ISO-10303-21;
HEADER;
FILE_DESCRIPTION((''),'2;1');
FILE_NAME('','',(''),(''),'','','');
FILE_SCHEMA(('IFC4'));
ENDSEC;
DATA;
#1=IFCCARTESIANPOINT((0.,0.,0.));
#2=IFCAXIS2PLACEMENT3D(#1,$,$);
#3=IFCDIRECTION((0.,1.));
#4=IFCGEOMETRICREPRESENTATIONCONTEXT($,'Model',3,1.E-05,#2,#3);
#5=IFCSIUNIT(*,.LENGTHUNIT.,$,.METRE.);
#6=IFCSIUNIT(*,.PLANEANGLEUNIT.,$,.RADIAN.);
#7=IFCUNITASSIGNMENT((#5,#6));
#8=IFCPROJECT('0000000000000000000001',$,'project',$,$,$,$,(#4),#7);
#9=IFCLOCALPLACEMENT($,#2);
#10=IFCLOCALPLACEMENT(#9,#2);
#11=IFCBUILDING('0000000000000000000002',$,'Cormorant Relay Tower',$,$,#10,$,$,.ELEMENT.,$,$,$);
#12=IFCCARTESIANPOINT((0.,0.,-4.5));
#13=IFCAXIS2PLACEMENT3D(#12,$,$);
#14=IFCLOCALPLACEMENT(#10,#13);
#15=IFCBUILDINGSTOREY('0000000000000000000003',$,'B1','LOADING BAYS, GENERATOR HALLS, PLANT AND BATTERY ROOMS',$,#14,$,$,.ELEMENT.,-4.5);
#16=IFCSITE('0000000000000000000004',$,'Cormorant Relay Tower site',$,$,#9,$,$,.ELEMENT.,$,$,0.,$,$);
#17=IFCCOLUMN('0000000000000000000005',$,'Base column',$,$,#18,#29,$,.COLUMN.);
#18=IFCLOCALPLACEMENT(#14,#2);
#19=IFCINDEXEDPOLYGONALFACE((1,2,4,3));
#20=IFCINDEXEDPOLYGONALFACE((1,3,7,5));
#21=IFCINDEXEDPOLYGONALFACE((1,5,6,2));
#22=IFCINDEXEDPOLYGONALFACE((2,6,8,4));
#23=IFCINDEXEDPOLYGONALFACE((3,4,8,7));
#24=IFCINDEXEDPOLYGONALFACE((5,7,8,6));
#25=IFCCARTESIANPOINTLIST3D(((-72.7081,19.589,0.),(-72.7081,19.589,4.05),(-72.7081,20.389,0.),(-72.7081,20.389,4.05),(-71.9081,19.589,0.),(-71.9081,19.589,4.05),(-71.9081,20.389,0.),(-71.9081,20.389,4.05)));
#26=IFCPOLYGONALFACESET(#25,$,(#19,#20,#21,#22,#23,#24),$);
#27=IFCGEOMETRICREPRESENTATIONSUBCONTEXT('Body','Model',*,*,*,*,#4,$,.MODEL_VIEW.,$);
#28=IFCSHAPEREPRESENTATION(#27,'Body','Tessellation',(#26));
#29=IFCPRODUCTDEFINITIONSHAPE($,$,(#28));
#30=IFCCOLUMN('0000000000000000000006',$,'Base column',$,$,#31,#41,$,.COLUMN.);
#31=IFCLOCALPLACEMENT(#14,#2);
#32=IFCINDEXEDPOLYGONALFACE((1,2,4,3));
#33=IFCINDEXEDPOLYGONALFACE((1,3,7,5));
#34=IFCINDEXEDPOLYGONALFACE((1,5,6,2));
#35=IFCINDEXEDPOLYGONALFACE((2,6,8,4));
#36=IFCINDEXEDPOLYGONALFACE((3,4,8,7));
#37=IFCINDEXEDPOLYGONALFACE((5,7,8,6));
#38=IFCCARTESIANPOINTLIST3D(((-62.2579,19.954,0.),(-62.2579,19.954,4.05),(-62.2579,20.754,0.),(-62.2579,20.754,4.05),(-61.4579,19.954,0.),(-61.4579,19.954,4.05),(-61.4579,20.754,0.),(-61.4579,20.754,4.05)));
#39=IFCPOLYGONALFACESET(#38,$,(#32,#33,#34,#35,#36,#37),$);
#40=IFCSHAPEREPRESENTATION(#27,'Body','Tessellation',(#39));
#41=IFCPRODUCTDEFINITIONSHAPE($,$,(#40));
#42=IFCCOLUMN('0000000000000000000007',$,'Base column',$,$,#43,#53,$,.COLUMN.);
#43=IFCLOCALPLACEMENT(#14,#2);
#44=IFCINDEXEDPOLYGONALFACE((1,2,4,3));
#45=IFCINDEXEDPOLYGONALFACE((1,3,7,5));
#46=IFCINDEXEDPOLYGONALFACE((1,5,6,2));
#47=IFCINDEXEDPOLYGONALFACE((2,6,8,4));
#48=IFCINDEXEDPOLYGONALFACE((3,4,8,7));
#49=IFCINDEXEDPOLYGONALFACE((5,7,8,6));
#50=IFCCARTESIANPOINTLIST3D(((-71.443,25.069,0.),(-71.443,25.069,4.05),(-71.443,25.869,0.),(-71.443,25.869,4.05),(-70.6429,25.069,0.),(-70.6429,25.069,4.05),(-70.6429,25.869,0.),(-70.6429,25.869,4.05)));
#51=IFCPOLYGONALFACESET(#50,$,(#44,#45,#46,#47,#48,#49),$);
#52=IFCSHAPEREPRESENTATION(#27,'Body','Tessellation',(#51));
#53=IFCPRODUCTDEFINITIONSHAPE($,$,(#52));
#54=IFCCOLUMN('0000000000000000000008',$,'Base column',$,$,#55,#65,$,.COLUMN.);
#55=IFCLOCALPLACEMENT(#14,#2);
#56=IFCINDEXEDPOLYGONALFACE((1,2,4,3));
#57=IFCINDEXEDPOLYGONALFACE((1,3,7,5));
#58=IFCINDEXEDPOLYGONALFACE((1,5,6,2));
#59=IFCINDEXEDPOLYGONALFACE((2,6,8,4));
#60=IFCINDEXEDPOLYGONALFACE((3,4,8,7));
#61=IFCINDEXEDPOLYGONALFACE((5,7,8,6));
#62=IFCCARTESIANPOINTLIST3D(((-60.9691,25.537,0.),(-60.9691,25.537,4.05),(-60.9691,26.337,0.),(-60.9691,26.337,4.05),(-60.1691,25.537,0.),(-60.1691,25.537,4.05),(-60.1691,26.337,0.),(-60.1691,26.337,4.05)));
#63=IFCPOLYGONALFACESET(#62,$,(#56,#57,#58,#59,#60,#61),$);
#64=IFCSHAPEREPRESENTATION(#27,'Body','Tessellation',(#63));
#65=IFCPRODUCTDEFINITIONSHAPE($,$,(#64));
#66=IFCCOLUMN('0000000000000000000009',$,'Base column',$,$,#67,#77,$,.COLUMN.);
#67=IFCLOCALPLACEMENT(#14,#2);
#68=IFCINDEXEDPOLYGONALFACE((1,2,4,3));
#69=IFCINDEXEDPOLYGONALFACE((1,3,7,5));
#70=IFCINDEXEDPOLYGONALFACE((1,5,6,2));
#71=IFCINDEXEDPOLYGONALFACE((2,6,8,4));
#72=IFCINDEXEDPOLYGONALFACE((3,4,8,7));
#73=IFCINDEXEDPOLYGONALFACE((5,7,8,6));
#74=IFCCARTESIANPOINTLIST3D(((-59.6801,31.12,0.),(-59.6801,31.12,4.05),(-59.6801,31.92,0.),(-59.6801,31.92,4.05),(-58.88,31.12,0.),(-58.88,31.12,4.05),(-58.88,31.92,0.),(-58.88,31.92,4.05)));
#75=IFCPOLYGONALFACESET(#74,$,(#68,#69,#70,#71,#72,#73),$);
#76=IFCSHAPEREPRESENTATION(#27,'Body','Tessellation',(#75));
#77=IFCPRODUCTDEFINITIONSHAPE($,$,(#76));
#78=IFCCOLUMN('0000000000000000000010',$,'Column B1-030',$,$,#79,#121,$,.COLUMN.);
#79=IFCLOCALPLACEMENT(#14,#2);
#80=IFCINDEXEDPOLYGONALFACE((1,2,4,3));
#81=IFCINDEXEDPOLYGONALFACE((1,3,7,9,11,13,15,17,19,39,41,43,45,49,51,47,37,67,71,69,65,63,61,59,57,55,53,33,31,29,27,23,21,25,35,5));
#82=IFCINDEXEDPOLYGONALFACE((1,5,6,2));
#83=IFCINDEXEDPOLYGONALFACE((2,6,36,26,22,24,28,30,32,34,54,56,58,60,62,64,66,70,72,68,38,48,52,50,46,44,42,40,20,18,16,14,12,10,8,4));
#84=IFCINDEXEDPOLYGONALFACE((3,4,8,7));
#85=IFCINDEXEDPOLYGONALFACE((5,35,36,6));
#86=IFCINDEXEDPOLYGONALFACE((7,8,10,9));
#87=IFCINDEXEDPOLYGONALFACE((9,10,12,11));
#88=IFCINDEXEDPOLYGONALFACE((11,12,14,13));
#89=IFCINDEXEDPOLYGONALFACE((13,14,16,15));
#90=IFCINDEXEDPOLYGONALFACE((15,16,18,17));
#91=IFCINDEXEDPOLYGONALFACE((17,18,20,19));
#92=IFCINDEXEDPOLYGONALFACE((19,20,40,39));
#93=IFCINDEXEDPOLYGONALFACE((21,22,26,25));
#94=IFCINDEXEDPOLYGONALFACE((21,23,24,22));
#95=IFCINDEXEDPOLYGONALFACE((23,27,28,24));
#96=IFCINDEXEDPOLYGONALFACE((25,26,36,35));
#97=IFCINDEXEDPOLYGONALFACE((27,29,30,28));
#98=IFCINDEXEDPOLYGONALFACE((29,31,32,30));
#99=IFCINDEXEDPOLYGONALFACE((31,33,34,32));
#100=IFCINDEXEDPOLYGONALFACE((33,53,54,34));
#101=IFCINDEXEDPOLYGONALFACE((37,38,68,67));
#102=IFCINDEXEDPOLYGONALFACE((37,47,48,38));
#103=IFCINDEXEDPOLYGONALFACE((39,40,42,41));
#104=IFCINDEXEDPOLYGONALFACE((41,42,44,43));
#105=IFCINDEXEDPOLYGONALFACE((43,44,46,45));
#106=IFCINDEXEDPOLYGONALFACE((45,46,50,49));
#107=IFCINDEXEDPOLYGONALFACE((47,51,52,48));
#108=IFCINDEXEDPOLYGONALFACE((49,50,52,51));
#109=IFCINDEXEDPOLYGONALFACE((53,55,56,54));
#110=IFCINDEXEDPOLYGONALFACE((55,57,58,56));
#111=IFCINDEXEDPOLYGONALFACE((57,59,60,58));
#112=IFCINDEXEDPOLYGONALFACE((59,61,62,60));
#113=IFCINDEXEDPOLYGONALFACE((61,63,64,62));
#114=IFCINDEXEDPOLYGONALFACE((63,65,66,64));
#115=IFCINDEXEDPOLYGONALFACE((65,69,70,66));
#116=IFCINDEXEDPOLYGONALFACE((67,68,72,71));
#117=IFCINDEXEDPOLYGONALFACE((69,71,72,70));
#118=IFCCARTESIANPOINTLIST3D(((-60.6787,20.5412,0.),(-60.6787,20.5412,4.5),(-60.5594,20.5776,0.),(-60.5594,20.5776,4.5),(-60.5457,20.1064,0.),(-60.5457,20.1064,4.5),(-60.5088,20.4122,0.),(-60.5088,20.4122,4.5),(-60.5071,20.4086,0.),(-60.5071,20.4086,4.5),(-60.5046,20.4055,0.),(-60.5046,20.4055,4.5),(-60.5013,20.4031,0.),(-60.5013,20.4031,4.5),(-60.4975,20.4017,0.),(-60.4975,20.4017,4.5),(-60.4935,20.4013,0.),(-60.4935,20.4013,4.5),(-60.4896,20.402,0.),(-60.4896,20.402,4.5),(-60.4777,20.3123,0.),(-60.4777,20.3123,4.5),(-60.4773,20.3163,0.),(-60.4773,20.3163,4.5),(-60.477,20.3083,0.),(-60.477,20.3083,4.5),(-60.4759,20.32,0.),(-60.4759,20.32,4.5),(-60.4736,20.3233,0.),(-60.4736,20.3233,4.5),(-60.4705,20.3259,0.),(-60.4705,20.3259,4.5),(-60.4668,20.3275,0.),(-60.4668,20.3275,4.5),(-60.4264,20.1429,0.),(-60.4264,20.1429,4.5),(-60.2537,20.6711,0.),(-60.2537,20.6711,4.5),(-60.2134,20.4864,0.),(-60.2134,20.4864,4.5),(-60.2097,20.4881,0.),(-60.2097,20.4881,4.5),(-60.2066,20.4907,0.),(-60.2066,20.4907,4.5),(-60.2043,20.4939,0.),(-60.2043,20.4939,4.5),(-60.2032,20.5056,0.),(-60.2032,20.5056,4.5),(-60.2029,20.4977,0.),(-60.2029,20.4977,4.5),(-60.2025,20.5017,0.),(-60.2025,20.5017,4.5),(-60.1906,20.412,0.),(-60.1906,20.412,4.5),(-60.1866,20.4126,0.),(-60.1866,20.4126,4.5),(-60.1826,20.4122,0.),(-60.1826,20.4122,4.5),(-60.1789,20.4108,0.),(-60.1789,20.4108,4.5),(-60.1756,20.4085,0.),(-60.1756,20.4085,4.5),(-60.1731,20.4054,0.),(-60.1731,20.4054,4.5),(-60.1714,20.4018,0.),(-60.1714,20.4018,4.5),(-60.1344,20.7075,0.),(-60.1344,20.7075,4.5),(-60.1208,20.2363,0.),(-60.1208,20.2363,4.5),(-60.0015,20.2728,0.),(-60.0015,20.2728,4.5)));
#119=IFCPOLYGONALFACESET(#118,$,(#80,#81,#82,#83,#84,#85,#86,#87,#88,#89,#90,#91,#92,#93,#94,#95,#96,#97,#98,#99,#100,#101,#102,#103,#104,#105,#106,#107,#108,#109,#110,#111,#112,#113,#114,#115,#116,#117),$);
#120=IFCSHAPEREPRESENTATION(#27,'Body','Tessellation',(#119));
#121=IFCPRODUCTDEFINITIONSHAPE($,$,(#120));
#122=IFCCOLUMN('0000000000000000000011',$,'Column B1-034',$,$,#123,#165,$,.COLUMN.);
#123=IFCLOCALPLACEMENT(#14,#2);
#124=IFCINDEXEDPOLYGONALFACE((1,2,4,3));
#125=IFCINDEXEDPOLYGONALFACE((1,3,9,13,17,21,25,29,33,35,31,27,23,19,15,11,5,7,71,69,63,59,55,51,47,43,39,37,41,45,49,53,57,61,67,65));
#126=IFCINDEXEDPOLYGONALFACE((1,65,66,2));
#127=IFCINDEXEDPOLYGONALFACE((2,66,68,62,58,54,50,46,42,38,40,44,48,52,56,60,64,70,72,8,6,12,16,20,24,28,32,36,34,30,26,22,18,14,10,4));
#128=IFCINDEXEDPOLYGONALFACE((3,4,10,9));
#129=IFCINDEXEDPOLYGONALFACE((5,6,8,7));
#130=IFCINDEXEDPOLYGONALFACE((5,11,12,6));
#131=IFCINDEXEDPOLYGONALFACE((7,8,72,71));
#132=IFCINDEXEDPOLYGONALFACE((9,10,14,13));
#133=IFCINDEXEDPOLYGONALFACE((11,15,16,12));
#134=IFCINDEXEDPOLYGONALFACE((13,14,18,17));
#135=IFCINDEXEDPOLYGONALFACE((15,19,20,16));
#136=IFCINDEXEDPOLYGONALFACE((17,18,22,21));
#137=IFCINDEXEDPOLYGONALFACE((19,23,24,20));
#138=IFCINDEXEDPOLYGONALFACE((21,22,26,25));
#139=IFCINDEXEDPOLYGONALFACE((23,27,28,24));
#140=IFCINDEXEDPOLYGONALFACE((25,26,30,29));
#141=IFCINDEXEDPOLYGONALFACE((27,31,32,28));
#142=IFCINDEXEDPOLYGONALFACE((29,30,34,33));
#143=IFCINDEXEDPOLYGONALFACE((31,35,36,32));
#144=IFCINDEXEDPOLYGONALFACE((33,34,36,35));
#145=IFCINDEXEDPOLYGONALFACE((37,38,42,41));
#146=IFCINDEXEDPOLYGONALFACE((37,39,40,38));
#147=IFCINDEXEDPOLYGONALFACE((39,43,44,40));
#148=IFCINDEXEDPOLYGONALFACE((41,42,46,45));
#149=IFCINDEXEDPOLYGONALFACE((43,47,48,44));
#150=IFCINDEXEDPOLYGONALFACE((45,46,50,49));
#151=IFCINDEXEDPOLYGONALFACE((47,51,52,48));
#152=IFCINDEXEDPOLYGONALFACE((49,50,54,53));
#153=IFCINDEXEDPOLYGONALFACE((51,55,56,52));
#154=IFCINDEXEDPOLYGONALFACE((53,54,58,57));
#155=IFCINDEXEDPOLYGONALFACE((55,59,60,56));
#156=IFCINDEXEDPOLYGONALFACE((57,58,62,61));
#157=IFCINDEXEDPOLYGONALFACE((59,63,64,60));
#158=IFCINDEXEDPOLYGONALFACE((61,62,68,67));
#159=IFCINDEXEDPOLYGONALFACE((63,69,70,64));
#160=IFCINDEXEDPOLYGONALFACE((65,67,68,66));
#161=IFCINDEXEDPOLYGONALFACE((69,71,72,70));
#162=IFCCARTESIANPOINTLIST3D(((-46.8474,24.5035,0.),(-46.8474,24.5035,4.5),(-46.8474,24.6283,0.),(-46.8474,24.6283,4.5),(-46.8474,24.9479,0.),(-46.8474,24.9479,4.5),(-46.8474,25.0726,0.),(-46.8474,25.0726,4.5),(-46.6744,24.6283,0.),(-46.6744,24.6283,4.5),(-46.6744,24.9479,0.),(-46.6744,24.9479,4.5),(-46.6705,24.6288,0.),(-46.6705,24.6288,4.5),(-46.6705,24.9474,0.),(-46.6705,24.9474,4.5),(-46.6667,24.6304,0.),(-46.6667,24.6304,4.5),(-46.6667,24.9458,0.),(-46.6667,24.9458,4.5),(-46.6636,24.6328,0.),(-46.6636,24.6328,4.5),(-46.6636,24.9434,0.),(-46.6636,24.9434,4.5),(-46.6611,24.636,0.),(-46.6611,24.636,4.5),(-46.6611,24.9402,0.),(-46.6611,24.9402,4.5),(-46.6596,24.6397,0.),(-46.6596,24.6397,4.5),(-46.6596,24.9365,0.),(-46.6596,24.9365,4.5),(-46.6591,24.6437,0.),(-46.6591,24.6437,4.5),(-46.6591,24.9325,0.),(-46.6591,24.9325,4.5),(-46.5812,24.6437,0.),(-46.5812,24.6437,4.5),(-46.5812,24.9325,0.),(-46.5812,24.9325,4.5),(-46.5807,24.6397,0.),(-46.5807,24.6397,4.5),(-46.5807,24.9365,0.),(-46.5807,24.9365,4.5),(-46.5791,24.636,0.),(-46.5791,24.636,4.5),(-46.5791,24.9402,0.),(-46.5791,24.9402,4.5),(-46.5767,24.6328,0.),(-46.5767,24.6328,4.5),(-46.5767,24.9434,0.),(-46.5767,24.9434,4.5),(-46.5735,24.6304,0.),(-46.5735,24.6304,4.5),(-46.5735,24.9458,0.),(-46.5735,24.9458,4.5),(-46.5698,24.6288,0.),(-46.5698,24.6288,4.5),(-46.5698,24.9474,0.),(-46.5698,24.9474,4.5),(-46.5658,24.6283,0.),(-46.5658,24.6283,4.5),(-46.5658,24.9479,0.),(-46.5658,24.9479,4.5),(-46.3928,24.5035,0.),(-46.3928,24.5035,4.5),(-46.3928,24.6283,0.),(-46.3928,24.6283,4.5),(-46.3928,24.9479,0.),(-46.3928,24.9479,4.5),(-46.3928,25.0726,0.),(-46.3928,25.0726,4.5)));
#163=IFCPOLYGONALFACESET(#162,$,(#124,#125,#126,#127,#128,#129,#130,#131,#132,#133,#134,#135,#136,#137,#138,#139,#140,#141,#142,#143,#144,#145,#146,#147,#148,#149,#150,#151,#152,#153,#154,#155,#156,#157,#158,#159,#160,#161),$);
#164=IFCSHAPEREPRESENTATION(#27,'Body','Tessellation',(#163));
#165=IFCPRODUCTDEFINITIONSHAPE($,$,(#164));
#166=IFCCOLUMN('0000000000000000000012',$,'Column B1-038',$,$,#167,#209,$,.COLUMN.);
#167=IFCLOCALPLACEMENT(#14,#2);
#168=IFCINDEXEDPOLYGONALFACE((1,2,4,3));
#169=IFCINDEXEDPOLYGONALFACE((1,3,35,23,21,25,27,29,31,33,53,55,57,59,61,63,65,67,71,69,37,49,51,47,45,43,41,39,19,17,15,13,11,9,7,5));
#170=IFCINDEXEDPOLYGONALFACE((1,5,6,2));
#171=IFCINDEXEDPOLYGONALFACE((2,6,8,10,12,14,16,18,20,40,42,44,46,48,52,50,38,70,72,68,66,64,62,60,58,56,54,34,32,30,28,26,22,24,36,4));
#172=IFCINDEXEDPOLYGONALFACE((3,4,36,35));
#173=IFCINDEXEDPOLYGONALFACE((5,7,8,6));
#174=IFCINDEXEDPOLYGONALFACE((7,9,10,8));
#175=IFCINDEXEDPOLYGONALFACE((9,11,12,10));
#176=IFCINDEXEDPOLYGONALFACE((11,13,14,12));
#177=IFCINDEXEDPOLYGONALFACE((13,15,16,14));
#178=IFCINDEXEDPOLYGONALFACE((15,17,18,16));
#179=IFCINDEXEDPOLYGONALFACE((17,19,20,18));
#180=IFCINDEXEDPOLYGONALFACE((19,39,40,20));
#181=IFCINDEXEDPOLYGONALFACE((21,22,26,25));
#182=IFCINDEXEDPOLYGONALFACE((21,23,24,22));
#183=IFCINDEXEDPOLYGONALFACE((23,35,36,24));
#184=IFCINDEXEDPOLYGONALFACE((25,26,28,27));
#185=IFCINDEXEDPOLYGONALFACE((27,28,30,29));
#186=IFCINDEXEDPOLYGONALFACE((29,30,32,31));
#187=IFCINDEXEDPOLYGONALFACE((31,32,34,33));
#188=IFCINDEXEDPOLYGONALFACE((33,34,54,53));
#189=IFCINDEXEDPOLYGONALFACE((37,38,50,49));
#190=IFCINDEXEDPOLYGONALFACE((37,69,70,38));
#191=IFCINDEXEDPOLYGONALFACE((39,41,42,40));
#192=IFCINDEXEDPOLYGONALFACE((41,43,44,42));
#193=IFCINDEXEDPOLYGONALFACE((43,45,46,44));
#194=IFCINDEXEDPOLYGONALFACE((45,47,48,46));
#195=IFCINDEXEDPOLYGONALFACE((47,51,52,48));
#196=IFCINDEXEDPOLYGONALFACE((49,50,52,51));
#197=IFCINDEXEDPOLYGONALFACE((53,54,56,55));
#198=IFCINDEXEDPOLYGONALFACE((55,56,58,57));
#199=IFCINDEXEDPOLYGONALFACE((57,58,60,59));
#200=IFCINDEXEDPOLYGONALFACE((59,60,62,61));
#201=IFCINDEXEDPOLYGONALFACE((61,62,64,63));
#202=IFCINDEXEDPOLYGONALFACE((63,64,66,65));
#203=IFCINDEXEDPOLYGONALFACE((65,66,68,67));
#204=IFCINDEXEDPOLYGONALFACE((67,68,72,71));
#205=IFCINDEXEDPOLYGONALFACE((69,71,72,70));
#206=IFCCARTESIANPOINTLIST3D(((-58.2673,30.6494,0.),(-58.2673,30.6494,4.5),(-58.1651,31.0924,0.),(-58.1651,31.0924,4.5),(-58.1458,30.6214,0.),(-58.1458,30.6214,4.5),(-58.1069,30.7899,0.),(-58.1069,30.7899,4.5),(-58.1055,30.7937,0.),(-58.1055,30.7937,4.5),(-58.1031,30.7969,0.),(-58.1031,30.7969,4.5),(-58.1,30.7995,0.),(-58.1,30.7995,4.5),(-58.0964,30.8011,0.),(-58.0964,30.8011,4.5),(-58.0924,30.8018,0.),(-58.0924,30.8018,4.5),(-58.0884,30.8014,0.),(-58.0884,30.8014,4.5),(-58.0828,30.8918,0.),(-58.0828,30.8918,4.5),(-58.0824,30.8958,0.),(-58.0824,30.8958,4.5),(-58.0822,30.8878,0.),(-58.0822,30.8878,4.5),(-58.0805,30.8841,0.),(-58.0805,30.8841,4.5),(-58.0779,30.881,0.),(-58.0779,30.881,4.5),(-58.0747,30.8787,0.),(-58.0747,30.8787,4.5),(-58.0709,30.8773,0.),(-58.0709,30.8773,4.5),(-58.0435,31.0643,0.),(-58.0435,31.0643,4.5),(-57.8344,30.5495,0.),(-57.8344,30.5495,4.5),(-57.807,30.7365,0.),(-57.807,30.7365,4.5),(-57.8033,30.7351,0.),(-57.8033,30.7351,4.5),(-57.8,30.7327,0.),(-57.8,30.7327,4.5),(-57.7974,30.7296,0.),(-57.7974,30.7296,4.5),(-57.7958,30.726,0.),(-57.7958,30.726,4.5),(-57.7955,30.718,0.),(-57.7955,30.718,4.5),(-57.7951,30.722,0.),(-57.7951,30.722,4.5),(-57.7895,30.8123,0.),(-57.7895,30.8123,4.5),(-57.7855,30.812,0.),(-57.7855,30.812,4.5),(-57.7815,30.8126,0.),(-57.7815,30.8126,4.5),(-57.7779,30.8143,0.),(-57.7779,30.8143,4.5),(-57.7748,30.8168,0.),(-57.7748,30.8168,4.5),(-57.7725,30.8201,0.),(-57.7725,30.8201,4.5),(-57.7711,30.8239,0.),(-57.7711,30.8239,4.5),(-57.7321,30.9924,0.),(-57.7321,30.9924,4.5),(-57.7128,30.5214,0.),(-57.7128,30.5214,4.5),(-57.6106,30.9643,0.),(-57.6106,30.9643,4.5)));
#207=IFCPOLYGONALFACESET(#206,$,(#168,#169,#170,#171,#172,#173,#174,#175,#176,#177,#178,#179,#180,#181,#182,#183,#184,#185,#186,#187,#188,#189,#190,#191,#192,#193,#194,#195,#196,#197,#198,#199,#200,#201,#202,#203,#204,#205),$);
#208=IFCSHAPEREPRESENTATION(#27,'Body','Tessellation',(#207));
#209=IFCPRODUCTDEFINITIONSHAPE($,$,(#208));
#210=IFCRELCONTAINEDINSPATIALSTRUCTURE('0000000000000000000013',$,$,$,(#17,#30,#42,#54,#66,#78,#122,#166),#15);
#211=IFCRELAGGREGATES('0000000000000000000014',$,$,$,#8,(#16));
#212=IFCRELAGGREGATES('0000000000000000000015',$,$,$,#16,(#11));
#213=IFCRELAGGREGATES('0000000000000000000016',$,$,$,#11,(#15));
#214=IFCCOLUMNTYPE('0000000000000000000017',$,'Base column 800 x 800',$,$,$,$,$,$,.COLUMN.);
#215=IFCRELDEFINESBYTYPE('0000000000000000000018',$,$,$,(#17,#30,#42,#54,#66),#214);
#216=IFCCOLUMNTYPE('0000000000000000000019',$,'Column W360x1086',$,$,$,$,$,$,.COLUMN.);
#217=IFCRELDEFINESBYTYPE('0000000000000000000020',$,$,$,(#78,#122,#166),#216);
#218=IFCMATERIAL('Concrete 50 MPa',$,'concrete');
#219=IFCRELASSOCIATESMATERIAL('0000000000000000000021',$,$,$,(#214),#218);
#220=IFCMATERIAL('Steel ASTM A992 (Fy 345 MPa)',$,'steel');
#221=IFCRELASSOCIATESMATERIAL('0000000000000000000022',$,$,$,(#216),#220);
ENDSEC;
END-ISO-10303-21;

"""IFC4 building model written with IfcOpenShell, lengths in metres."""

from ifc_helpers import new_model, si_unit, direction, frame, origin, origin_2d, place, context, subcontext, project, spatial, rectangle, i_section, extrude, material, material_profile, profile_set, type_object, element, save


model = new_model("IFC4")

# Units and contexts
model_context = context("Model", 3, precision=1e-05, world=origin(), true_north=direction((0.0, 1.0)))
body_context = subcontext(model_context, "Body", "Model", "MODEL_VIEW")
ifc_project = project(units=[si_unit("LENGTHUNIT", "METRE"), si_unit("PLANEANGLEUNIT", "RADIAN")], contexts=[model_context])

# Site, building, storey
site_placement = place(None, origin())
site = spatial("IfcSite", under=ifc_project, at=site_placement, Name="Cormorant Relay Tower site", CompositionType="ELEMENT", RefElevation=0.0)
building_placement = place(site_placement, origin())
building = spatial("IfcBuilding", under=site, at=building_placement, Name="Cormorant Relay Tower", CompositionType="ELEMENT")
storey_placement = place(building_placement, frame((0.0, 0.0, -4.5)))
storey = spatial("IfcBuildingStorey", under=building, at=storey_placement, Name="B1", Description="LOADING BAYS, GENERATOR HALLS, PLANT AND BATTERY ROOMS", CompositionType="ELEMENT", Elevation=-4.5)

# Columns
ifc_material_1 = material(Name="Concrete 50 MPa", Category="concrete")
ifc_material_profile_1 = material_profile(ifc_material_1, rectangle(XDim=0.8, YDim=0.8, at=origin_2d()), Name="RC 800x800")
ifc_profile_set_1 = profile_set([ifc_material_profile_1], Name="Concrete 50 MPa")
column_type_1 = type_object("IfcColumnType", Name="Base column 800 x 800", PredefinedType="COLUMN", material=ifc_profile_set_1)
for number, where, z_axis, x_axis, name in (
    (1, (-72.3081, 19.989, 0.0), (0.0, 0.0, 1.0), (1.0, 0.0, 0.0), "Base column"),
    (2, (-61.8579, 20.354, 0.0), (0.0, 0.0, 1.0), (1.0, 0.0, 0.0), "Base column"),
    (3, (-71.043, 25.469, 0.0), (0.0, 0.0, 1.0), (1.0, 0.0, 0.0), "Base column"),
    (4, (-60.5691, 25.937, 0.0), (0.0, 0.0, 1.0), (1.0, 0.0, 0.0), "Base column"),
    (5, (-59.28, 31.52, 0.0), (0.0, 0.0, 1.0), (1.0, 0.0, 0.0), "Base column"),
):
    element("IfcColumn", number, at=place(storey_placement, frame(where, z_axis=z_axis, x_axis=x_axis)), inside=storey, type_object=column_type_1, Name=name, PredefinedType="COLUMN", context=body_context, shape_type="SweptSolid", body=[
        extrude(rectangle(XDim=0.8, YDim=0.8, at=origin_2d()), origin(), (0.0, 0.0, 1.0), 4.05),
    ])
ifc_material_2 = material(Name="Steel ASTM A992 (Fy 345 MPa)", Category="steel")
ifc_material_profile_2 = material_profile(ifc_material_2, i_section(OverallWidth=0.4546, OverallDepth=0.5691, WebThickness=0.0779, FlangeThickness=0.1248, FilletRadius=0.0154, at=origin_2d()), Name="W360x1086")
ifc_profile_set_2 = profile_set([ifc_material_profile_2], Name="Steel ASTM A992 (Fy 345 MPa)")
column_type_2 = type_object("IfcColumnType", Name="Column W360x1086", PredefinedType="COLUMN", material=ifc_profile_set_2)
for number, where, z_axis, x_axis, name in (
    (6, (-60.3401, 20.407, 0.0), (0.0, 0.0, 1.0), (0.292372, -0.956305, 0.0), "Column B1-030"),
    (7, (-46.6201, 24.7881, 0.0), (0.0, 0.0, 1.0), (1.0, 0.0, 0.0), "Column B1-034"),
    (8, (-57.939, 30.8069, 0.0), (0.0, 0.0, 1.0), (-0.224951, -0.97437, 0.0), "Column B1-038"),
):
    element("IfcColumn", number, at=place(storey_placement, frame(where, z_axis=z_axis, x_axis=x_axis)), inside=storey, type_object=column_type_2, Name=name, PredefinedType="COLUMN", context=body_context, shape_type="SweptSolid", body=[
        extrude(i_section(OverallWidth=0.4546, OverallDepth=0.5691, WebThickness=0.0779, FlangeThickness=0.1248, FilletRadius=0.0154, at=origin_2d()), origin(), (0.0, 0.0, 1.0), 4.5),
    ])

save(model, "model.ifc")
